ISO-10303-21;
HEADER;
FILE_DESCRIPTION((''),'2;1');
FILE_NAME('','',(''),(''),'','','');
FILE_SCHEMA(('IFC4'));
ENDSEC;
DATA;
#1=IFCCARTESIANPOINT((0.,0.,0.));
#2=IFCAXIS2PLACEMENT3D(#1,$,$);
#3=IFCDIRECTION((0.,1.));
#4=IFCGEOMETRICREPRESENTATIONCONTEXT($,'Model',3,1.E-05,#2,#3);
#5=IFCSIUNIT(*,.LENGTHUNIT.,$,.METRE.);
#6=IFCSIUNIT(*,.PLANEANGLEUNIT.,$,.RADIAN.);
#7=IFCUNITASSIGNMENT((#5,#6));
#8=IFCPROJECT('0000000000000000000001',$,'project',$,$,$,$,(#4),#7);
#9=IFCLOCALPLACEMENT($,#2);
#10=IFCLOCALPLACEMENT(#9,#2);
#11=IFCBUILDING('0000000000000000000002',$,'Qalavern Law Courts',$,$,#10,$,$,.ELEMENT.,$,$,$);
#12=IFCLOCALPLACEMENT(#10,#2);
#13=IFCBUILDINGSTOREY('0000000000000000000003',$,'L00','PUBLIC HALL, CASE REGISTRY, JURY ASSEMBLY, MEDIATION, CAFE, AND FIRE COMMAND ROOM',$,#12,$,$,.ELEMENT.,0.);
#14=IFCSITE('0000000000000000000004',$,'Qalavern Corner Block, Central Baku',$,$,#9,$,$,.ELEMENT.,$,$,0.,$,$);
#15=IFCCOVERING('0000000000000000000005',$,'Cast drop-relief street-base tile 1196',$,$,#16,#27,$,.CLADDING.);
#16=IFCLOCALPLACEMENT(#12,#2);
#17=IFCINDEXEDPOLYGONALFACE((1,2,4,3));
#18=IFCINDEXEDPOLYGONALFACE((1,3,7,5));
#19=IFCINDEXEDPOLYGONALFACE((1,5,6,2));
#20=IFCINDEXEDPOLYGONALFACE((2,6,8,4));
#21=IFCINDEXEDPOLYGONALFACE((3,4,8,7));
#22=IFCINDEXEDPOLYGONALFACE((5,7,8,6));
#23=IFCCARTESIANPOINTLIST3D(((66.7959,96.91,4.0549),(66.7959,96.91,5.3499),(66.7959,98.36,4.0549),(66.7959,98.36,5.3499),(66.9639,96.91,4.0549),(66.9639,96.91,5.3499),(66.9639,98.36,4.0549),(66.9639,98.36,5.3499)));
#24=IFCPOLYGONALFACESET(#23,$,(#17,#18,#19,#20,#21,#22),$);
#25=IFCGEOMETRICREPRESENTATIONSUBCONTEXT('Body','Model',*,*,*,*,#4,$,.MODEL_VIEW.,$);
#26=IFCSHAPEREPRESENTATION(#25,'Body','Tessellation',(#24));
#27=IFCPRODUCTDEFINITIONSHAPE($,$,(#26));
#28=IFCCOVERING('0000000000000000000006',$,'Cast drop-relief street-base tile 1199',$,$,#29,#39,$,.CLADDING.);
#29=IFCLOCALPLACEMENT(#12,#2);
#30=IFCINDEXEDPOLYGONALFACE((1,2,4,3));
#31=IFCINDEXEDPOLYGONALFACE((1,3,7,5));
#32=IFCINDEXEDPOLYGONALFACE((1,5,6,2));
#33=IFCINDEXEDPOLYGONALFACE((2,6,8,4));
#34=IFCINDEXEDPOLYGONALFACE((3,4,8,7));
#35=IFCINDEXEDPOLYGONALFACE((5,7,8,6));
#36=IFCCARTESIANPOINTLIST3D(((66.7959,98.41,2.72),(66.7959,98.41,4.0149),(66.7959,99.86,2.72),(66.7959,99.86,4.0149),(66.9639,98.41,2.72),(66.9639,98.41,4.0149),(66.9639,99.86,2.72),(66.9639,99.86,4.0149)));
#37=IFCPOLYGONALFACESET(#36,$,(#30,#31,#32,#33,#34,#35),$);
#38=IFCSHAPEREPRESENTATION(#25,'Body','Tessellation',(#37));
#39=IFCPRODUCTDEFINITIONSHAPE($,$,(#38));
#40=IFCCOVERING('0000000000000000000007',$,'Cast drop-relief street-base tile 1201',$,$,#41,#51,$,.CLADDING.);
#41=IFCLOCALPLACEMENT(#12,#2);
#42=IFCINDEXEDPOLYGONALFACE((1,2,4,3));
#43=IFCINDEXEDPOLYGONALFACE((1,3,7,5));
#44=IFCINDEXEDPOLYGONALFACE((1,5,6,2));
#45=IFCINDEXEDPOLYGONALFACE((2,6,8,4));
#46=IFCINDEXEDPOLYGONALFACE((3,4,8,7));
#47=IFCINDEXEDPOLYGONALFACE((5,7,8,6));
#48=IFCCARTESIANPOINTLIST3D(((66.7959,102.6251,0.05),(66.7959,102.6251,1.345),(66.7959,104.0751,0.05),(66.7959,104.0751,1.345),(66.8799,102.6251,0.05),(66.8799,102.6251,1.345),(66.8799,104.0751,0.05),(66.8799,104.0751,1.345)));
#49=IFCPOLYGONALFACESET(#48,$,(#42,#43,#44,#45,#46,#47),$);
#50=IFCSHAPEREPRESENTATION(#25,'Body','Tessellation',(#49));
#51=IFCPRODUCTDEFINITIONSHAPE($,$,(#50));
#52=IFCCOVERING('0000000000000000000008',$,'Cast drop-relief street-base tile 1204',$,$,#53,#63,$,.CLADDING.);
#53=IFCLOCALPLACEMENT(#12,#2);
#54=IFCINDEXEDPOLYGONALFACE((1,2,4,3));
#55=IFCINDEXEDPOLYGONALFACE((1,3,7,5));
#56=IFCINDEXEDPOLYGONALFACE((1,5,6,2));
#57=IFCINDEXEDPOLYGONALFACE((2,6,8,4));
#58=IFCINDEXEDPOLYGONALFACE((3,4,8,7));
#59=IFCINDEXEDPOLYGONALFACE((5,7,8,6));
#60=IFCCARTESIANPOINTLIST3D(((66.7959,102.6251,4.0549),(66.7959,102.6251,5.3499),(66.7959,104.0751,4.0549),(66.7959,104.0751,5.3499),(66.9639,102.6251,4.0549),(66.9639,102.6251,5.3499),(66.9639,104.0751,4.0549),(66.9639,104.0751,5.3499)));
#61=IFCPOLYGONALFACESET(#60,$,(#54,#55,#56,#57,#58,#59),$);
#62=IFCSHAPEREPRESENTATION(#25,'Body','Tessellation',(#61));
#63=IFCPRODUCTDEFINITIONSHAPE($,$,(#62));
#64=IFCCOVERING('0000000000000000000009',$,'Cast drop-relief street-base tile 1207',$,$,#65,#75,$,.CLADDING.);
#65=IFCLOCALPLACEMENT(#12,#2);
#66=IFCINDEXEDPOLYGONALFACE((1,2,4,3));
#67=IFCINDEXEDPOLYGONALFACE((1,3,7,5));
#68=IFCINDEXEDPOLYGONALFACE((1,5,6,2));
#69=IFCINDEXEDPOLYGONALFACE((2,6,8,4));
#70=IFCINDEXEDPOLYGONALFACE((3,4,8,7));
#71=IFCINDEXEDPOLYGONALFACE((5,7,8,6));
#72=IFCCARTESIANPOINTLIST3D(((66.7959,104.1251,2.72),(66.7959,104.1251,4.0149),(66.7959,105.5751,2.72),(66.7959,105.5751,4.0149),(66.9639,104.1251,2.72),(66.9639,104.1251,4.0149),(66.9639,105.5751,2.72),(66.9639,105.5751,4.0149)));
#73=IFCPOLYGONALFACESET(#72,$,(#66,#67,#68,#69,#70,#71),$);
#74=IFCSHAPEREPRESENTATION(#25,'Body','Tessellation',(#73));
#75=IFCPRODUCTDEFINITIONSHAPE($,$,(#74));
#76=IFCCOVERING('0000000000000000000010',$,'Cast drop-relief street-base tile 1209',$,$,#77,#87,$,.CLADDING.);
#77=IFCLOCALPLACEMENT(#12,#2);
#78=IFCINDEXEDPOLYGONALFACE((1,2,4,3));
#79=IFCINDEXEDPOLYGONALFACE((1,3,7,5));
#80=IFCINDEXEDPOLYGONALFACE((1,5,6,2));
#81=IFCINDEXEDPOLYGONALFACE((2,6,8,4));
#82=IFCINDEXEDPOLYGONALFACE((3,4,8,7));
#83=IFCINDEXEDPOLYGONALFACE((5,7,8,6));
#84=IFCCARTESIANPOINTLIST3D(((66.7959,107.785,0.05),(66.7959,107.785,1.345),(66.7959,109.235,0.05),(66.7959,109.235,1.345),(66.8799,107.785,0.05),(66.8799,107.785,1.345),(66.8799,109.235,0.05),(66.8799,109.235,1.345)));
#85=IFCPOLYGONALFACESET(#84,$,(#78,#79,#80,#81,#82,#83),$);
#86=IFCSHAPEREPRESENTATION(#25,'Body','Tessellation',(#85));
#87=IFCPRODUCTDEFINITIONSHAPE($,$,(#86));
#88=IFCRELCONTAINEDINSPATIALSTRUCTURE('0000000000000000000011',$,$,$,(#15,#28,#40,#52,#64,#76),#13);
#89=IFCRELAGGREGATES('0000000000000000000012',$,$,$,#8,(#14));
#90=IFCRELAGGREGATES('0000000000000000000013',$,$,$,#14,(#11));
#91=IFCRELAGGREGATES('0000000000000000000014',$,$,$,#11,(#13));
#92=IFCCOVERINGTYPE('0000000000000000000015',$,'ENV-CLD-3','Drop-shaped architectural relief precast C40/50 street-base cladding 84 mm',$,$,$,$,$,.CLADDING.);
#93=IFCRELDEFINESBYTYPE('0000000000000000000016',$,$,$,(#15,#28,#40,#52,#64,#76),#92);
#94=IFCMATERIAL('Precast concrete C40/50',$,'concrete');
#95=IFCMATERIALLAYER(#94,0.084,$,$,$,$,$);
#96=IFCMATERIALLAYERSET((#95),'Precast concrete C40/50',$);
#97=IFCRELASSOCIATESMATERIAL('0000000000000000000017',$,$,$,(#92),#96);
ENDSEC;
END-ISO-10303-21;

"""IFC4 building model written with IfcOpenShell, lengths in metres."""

from ifc_helpers import new_model, si_unit, direction, frame, origin, origin_2d, place, context, subcontext, project, spatial, rectangle, extrude, material, layer, layer_set, type_object, element, save


model = new_model("IFC4")

# Units and contexts
model_context = context("Model", 3, precision=1e-05, world=origin(), true_north=direction((0.0, 1.0)))
body_context = subcontext(model_context, "Body", "Model", "MODEL_VIEW")
ifc_project = project(units=[si_unit("LENGTHUNIT", "METRE"), si_unit("PLANEANGLEUNIT", "RADIAN")], contexts=[model_context])

# Site, building, storey
site_placement = place(None, origin())
site = spatial("IfcSite", under=ifc_project, at=site_placement, Name="Qalavern Corner Block, Central Baku", CompositionType="ELEMENT", RefElevation=0.0)
building_placement = place(site_placement, origin())
building = spatial("IfcBuilding", under=site, at=building_placement, Name="Qalavern Law Courts", CompositionType="ELEMENT")
storey_placement = place(building_placement, origin())
storey = spatial("IfcBuildingStorey", under=building, at=storey_placement, Name="L00", Description="PUBLIC HALL, CASE REGISTRY, JURY ASSEMBLY, MEDIATION, CAFE, AND FIRE COMMAND ROOM", CompositionType="ELEMENT", Elevation=0.0)

# Coverings
ifc_material_1 = material(Name="Precast concrete C40/50", Category="concrete")
ifc_layer_1 = layer(ifc_material_1, 0.084)
ifc_layer_set_1 = layer_set([ifc_layer_1], Name="Precast concrete C40/50")
covering_type_1 = type_object("IfcCoveringType", Name="ENV-CLD-3", Description="Drop-shaped architectural relief precast C40/50 street-base cladding 84 mm", PredefinedType="CLADDING", material=ifc_layer_set_1)
for number, where, z_axis, x_axis, name in (
    (1, (66.8799, 97.635, 4.0549), (0.0, 0.0, 1.0), (0.0, 1.0, 0.0), "Cast drop-relief street-base tile 1196"),
    (2, (66.8799, 99.135, 2.72), (0.0, 0.0, 1.0), (0.0, 1.0, 0.0), "Cast drop-relief street-base tile 1199"),
):
    element("IfcCovering", number, at=place(storey_placement, frame(where, z_axis=z_axis, x_axis=x_axis)), inside=storey, type_object=covering_type_1, Name=name, PredefinedType="CLADDING", context=body_context, shape_type="SweptSolid", body=[
        extrude(rectangle(XDim=1.45, YDim=0.168, at=origin_2d()), origin(), (0.0, 0.0, 1.0), 1.2949),
    ])
covering_1_placement = place(storey_placement, frame((66.8379, 103.3501, 0.05), z_axis=(0.0, 0.0, 1.0), x_axis=(0.0, 1.0, 0.0)))
element("IfcCovering", 3, at=covering_1_placement, inside=storey, type_object=covering_type_1, Name="Cast drop-relief street-base tile 1201", PredefinedType="CLADDING", context=body_context, shape_type="SweptSolid", body=[
    extrude(rectangle(XDim=1.45, YDim=0.084, at=origin_2d()), origin(), (0.0, 0.0, 1.0), 1.2949),
])
for number, where, z_axis, x_axis, name in (
    (4, (66.8799, 103.3501, 4.0549), (0.0, 0.0, 1.0), (0.0, 1.0, 0.0), "Cast drop-relief street-base tile 1204"),
    (5, (66.8799, 104.8501, 2.72), (0.0, 0.0, 1.0), (0.0, 1.0, 0.0), "Cast drop-relief street-base tile 1207"),
):
    element("IfcCovering", number, at=place(storey_placement, frame(where, z_axis=z_axis, x_axis=x_axis)), inside=storey, type_object=covering_type_1, Name=name, PredefinedType="CLADDING", context=body_context, shape_type="SweptSolid", body=[
        extrude(rectangle(XDim=1.45, YDim=0.168, at=origin_2d()), origin(), (0.0, 0.0, 1.0), 1.2949),
    ])
covering_2_placement = place(storey_placement, frame((66.8379, 108.51, 0.05), z_axis=(0.0, 0.0, 1.0), x_axis=(0.0, 1.0, 0.0)))
element("IfcCovering", 6, at=covering_2_placement, inside=storey, type_object=covering_type_1, Name="Cast drop-relief street-base tile 1209", PredefinedType="CLADDING", context=body_context, shape_type="SweptSolid", body=[
    extrude(rectangle(XDim=1.45, YDim=0.084, at=origin_2d()), origin(), (0.0, 0.0, 1.0), 1.2949),
])

save(model, "model.ifc")
